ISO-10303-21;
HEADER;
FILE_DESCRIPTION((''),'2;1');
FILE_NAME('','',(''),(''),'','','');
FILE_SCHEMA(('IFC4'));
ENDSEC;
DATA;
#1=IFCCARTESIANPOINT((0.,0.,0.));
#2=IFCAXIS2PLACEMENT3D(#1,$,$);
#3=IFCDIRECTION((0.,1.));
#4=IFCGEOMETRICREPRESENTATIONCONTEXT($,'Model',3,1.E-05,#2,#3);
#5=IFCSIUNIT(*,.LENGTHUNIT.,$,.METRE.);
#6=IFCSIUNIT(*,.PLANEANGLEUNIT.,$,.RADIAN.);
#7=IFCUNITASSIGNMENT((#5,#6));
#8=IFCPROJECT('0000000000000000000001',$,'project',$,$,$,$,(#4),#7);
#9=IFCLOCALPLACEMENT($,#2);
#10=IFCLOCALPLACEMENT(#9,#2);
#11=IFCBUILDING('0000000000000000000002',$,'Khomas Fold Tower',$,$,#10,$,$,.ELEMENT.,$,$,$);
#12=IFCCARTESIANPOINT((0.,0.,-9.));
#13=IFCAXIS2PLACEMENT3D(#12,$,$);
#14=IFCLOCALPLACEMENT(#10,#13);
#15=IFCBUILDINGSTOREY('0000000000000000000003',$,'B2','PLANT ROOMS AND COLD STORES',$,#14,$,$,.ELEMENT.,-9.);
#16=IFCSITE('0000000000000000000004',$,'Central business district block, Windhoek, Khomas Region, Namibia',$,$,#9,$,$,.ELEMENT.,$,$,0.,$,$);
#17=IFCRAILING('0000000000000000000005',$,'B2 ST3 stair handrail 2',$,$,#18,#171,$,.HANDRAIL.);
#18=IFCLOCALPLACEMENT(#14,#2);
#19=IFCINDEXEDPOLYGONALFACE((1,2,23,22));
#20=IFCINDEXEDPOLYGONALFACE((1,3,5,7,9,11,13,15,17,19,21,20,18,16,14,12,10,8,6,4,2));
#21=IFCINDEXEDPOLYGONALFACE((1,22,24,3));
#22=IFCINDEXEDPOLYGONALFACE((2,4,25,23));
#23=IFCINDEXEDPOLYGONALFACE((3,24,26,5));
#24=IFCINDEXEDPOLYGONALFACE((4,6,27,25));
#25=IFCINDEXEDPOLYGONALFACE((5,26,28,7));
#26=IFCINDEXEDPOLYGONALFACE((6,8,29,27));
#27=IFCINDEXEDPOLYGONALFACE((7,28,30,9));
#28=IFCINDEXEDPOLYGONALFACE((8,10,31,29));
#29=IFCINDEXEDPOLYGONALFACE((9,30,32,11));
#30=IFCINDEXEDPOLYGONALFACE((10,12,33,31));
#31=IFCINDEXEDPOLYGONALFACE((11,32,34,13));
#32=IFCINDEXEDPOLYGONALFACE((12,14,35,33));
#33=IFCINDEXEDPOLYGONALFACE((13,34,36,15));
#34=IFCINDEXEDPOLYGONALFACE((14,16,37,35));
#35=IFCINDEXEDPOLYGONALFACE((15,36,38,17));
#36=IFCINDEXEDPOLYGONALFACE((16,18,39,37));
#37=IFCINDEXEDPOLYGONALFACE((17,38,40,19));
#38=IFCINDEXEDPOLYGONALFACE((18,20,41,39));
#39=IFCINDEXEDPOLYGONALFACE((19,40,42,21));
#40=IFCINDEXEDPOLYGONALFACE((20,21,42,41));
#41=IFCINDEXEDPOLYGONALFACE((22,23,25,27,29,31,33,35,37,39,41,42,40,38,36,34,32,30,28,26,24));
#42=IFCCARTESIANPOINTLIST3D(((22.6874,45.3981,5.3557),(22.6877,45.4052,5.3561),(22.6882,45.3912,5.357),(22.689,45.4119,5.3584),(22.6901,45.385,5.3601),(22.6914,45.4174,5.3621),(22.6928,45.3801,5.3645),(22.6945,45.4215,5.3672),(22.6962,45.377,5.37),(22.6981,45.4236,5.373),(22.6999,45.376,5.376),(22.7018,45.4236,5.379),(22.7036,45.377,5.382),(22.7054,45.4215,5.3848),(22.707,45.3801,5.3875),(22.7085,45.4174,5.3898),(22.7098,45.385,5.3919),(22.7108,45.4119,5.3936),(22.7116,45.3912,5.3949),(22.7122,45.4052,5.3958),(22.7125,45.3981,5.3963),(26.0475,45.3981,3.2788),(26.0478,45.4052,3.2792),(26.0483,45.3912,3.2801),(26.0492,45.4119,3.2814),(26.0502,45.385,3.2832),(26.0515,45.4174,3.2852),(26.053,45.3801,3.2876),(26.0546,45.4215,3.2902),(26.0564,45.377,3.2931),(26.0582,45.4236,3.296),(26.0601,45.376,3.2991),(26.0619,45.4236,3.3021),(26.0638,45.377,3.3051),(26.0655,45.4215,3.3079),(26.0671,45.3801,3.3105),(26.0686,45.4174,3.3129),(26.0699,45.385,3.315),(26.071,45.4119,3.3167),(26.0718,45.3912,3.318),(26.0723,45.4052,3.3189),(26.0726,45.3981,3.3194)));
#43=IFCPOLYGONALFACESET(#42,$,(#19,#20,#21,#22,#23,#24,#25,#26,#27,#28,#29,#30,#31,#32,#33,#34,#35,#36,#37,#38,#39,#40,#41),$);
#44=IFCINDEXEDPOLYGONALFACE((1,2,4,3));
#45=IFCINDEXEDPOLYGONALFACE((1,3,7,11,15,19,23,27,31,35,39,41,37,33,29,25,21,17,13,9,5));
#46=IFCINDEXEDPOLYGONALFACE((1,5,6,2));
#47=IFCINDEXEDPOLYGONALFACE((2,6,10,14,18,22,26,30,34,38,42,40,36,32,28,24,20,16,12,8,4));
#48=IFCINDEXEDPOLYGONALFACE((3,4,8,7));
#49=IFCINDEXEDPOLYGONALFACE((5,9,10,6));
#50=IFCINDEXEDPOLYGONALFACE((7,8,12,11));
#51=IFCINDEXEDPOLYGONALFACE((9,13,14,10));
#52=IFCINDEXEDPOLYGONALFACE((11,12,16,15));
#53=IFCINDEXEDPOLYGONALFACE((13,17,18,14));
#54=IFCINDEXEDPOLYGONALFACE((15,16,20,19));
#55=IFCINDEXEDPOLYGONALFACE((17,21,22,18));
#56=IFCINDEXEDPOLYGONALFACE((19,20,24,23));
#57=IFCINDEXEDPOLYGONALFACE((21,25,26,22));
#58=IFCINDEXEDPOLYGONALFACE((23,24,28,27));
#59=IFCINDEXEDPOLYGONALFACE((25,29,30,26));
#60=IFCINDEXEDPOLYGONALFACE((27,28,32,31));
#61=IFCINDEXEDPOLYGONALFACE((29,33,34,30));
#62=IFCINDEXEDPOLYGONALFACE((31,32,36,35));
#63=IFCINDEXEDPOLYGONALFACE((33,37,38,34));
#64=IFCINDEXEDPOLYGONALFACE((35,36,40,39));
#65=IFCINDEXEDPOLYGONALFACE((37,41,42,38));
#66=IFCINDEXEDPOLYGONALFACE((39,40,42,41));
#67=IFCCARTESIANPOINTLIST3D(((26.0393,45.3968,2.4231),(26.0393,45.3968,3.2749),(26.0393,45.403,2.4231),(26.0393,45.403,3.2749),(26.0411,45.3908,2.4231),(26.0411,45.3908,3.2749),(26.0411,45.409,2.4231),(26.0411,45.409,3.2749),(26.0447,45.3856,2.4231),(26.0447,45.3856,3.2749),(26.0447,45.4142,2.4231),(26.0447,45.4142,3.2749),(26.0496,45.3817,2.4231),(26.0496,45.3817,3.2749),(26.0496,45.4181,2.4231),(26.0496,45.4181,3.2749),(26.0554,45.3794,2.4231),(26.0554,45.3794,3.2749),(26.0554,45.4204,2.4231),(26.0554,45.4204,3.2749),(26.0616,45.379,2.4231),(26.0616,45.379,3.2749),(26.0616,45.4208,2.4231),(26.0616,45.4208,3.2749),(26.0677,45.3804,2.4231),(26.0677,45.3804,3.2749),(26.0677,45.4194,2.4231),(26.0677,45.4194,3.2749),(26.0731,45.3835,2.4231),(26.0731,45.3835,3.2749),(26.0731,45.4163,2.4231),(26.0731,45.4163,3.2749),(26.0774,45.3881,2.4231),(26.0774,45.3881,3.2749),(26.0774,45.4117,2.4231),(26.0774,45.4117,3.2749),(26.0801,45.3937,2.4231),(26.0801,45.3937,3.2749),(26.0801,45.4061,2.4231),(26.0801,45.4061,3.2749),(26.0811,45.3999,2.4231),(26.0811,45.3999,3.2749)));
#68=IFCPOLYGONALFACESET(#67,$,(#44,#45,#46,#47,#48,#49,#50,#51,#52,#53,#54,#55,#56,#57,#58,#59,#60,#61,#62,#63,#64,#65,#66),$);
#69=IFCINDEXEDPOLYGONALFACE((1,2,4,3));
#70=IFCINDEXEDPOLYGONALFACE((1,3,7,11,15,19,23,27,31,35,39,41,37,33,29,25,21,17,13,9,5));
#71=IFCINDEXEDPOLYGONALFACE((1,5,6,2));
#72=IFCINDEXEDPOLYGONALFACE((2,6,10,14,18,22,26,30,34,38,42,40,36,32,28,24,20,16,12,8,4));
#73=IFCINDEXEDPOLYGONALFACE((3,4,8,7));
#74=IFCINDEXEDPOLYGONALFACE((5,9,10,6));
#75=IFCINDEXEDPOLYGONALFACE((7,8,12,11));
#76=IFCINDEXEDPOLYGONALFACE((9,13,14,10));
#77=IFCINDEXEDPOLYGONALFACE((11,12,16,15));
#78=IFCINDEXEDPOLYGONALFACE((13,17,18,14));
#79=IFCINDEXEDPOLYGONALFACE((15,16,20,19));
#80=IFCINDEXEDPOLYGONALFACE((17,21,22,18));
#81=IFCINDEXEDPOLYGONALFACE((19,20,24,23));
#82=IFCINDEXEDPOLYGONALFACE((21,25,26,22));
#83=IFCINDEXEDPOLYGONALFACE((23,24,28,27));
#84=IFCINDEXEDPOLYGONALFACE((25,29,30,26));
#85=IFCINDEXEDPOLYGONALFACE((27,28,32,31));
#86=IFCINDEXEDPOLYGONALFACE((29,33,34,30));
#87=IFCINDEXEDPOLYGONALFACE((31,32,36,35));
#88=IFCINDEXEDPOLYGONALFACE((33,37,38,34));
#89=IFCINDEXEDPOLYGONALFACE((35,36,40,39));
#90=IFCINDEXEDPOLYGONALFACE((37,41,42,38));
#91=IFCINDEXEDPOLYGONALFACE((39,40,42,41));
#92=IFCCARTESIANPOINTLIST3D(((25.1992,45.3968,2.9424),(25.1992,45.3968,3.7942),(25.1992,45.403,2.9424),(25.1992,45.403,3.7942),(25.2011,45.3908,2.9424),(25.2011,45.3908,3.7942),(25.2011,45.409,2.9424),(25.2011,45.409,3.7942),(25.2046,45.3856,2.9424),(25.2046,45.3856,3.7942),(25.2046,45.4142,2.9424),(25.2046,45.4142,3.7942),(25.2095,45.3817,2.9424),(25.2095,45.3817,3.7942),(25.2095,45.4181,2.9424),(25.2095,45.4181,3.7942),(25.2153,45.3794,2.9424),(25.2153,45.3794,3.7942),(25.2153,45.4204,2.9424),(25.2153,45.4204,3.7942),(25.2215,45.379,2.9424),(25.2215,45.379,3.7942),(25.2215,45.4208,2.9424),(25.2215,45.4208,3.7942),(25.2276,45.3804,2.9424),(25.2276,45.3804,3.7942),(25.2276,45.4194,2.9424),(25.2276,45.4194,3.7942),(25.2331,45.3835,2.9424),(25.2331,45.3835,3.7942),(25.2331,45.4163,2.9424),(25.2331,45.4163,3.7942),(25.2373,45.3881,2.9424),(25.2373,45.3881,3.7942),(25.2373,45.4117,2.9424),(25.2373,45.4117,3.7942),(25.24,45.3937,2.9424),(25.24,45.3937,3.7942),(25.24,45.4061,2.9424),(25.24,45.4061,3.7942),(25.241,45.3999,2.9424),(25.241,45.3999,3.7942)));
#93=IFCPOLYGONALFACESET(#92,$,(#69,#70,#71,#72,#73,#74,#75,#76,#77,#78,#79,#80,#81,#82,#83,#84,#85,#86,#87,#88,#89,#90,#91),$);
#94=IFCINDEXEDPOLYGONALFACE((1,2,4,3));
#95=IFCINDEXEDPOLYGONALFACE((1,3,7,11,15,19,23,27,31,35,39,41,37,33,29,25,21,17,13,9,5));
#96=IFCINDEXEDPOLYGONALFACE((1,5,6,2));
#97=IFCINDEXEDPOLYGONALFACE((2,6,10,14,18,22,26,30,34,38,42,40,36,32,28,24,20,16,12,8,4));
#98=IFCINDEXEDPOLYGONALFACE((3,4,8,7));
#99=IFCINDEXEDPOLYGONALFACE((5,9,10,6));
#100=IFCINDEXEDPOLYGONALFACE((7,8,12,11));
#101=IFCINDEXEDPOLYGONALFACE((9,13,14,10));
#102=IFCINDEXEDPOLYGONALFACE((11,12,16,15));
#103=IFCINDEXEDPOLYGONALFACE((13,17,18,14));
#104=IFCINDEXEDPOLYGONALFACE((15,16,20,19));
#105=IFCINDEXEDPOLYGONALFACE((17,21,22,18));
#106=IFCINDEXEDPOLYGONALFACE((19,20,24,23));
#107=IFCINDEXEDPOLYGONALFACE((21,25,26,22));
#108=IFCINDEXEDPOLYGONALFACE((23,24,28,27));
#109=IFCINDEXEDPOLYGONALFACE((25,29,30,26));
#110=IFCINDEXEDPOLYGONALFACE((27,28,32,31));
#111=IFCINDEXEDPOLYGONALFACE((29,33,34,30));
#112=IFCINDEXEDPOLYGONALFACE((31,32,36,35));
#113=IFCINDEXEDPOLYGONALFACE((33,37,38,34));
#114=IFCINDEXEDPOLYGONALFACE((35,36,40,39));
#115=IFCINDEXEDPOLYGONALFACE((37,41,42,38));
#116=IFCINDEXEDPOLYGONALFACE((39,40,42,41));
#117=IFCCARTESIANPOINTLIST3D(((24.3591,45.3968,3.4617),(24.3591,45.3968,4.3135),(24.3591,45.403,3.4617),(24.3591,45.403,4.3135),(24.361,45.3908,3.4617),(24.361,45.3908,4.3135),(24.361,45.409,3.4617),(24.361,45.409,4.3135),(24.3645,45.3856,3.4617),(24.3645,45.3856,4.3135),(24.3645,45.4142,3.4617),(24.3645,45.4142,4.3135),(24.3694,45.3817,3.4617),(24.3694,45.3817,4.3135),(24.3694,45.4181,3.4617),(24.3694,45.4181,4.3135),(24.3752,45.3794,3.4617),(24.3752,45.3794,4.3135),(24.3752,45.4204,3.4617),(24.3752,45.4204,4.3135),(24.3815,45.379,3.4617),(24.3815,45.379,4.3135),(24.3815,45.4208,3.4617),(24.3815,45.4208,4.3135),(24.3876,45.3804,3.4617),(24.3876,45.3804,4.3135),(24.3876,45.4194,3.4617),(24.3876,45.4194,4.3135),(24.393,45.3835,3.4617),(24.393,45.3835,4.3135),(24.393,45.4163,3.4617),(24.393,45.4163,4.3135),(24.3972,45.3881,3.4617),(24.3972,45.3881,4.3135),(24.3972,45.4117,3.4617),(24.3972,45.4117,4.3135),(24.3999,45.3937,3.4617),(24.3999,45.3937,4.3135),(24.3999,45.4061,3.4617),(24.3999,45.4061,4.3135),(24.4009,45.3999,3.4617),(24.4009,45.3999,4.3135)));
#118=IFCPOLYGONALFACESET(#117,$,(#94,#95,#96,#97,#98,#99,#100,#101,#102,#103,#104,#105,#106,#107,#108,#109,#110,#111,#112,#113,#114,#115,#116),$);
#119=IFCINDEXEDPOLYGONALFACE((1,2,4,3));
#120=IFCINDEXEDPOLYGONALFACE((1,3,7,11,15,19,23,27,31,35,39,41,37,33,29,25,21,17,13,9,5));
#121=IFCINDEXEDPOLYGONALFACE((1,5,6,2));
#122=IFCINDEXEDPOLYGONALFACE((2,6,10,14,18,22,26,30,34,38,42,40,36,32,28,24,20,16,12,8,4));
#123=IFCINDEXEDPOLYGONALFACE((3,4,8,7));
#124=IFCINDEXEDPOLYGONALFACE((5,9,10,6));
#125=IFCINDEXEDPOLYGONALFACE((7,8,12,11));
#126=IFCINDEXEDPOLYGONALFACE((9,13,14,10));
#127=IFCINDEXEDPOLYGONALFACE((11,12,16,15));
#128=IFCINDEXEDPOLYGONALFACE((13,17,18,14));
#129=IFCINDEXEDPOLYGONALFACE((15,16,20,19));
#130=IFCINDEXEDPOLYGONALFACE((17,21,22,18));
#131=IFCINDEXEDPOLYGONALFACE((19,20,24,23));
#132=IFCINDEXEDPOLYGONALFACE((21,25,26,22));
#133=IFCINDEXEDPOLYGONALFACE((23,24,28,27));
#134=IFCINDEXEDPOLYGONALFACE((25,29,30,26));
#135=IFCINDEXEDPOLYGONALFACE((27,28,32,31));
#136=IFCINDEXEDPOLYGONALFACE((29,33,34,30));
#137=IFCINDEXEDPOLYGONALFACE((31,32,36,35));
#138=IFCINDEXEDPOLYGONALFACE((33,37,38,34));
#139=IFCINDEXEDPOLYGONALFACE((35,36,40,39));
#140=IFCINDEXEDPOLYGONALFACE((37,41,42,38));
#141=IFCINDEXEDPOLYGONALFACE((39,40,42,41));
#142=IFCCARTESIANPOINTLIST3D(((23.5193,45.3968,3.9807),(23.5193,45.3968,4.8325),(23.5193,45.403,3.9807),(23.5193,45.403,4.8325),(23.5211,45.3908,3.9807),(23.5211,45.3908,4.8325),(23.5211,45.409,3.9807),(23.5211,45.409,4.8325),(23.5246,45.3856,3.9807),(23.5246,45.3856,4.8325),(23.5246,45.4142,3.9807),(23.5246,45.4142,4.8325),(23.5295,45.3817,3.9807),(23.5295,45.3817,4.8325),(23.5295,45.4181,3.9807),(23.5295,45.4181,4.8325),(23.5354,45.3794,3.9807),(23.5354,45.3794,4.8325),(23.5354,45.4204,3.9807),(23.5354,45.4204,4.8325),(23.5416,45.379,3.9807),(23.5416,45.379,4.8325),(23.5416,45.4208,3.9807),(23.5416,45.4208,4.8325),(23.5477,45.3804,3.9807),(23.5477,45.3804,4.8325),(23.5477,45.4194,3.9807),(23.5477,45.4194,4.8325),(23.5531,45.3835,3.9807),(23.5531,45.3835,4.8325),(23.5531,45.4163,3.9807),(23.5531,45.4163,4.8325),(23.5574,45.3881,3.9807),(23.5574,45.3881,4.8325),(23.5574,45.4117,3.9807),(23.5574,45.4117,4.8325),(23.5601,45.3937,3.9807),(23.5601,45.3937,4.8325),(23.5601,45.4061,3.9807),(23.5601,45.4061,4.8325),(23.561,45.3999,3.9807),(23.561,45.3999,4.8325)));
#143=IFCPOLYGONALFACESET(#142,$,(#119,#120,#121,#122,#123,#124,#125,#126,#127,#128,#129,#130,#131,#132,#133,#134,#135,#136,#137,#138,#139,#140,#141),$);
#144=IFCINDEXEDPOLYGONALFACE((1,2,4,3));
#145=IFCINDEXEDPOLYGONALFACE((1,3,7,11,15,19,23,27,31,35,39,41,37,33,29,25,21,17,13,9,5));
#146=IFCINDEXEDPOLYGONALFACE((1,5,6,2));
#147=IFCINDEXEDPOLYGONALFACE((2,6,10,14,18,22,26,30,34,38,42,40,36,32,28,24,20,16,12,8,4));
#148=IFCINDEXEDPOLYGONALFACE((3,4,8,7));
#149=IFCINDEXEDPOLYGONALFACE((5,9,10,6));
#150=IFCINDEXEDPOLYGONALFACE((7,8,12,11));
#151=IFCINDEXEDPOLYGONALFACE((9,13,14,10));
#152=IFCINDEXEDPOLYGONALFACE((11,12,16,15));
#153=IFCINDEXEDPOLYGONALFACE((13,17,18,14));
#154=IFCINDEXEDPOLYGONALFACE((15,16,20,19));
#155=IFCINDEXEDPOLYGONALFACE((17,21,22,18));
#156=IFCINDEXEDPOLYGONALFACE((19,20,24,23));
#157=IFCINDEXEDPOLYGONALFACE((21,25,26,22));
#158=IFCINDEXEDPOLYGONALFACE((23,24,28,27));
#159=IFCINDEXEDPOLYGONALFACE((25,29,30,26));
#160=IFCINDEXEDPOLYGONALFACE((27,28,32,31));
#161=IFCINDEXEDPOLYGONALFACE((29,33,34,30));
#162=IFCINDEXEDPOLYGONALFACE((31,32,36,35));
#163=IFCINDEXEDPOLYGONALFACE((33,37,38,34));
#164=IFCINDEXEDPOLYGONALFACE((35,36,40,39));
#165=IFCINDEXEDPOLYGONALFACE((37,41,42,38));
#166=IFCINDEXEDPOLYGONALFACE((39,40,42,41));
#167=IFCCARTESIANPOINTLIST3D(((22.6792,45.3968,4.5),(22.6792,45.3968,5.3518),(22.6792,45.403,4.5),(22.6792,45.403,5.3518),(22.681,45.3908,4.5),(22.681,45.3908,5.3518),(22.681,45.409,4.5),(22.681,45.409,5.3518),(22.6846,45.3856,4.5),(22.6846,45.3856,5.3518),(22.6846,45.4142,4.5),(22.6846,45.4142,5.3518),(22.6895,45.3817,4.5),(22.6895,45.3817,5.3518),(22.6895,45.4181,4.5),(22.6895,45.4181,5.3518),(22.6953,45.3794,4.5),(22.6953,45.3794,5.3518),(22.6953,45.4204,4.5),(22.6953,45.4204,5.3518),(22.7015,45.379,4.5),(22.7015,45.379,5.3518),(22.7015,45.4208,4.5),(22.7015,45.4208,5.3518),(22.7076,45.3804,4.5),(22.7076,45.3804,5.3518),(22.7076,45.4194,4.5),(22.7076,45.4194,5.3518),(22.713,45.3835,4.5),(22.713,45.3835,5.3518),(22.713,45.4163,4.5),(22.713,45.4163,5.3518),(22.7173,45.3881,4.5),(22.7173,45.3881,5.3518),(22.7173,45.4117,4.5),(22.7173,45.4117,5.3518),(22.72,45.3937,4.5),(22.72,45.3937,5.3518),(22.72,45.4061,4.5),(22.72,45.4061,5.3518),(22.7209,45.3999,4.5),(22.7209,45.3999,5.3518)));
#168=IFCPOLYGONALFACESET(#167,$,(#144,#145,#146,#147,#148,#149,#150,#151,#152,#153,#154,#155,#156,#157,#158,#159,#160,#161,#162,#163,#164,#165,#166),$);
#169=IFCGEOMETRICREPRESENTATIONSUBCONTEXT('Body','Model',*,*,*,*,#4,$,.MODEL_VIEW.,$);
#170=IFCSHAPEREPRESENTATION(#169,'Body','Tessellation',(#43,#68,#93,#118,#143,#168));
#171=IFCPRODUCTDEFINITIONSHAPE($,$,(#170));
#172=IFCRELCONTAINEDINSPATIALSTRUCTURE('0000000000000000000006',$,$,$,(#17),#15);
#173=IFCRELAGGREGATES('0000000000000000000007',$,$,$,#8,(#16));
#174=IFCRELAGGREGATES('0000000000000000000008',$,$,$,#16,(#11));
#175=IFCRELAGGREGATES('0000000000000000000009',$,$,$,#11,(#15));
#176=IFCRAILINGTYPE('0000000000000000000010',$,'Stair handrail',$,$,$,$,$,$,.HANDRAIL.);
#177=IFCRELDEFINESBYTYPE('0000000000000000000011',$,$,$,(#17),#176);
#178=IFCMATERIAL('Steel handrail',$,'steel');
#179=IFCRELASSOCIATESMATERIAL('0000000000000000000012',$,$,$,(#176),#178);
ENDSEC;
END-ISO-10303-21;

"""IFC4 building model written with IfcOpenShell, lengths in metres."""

from ifc_helpers import new_model, si_unit, direction, frame, origin, origin_2d, place, context, subcontext, project, spatial, circle, extrude, source, transform, mapped, material, type_object, element, save


model = new_model("IFC4")

# Units and contexts
model_context = context("Model", 3, precision=1e-05, world=origin(), true_north=direction((0.0, 1.0)))
body_context = subcontext(model_context, "Body", "Model", "MODEL_VIEW")
ifc_project = project(units=[si_unit("LENGTHUNIT", "METRE"), si_unit("PLANEANGLEUNIT", "RADIAN")], contexts=[model_context])

# Site, building, storey
site_placement = place(None, origin())
site = spatial("IfcSite", under=ifc_project, at=site_placement, Name="Central business district block, Windhoek, Khomas Region, Namibia", CompositionType="ELEMENT", RefElevation=0.0)
building_placement = place(site_placement, origin())
building = spatial("IfcBuilding", under=site, at=building_placement, Name="Khomas Fold Tower", CompositionType="ELEMENT")
storey_placement = place(building_placement, frame((0.0, 0.0, -9.0)))
storey = spatial("IfcBuildingStorey", under=building, at=storey_placement, Name="B2", Description="PLANT ROOMS AND COLD STORES", CompositionType="ELEMENT", Elevation=-9.0)

# Railing
ifc_material_1 = material(Name="Steel handrail", Category="steel")
railing_type_1 = type_object("IfcRailingType", Name="Stair handrail", PredefinedType="HANDRAIL", material=ifc_material_1)
shared_shape_1 = source(origin(), body_context, "Body", "SweptSolid", [
    extrude(circle(Radius=0.0239, at=origin_2d()), frame((0.0, 0.0, 0.876), z_axis=(-0.850623, 0.0, 0.525776), x_axis=(0.0, -1.0, 0.0)), (0.0, 0.0, 1.0), 3.9502),
    extrude(circle(Radius=0.021, at=origin_2d()), origin(), (0.0, 0.0, 1.0), 0.8518),
    extrude(circle(Radius=0.021, at=origin_2d()), frame((-0.8401, 0.0, 0.5193)), (0.0, 0.0, 1.0), 0.8518),
    extrude(circle(Radius=0.021, at=origin_2d()), frame((-1.6802, 0.0, 1.0386)), (0.0, 0.0, 1.0), 0.8518),
    extrude(circle(Radius=0.021, at=origin_2d()), frame((-2.52, 0.0, 1.5576)), (0.0, 0.0, 1.0), 0.8518),
    extrude(circle(Radius=0.021, at=origin_2d()), frame((-3.3601, 0.0, 2.0769)), (0.0, 0.0, 1.0), 0.8518),
])
railing_1_placement = place(storey_placement, frame((26.0601, 45.3999, 2.4231)))
element("IfcRailing", 1, at=railing_1_placement, inside=storey, type_object=railing_type_1, Name="B2 ST3 stair handrail 2", PredefinedType="HANDRAIL", context=body_context, shape_type="MappedRepresentation", body=[
    mapped(shared_shape_1, transform((0.0, 0.0, 0.0))),
])

save(model, "model.ifc")
